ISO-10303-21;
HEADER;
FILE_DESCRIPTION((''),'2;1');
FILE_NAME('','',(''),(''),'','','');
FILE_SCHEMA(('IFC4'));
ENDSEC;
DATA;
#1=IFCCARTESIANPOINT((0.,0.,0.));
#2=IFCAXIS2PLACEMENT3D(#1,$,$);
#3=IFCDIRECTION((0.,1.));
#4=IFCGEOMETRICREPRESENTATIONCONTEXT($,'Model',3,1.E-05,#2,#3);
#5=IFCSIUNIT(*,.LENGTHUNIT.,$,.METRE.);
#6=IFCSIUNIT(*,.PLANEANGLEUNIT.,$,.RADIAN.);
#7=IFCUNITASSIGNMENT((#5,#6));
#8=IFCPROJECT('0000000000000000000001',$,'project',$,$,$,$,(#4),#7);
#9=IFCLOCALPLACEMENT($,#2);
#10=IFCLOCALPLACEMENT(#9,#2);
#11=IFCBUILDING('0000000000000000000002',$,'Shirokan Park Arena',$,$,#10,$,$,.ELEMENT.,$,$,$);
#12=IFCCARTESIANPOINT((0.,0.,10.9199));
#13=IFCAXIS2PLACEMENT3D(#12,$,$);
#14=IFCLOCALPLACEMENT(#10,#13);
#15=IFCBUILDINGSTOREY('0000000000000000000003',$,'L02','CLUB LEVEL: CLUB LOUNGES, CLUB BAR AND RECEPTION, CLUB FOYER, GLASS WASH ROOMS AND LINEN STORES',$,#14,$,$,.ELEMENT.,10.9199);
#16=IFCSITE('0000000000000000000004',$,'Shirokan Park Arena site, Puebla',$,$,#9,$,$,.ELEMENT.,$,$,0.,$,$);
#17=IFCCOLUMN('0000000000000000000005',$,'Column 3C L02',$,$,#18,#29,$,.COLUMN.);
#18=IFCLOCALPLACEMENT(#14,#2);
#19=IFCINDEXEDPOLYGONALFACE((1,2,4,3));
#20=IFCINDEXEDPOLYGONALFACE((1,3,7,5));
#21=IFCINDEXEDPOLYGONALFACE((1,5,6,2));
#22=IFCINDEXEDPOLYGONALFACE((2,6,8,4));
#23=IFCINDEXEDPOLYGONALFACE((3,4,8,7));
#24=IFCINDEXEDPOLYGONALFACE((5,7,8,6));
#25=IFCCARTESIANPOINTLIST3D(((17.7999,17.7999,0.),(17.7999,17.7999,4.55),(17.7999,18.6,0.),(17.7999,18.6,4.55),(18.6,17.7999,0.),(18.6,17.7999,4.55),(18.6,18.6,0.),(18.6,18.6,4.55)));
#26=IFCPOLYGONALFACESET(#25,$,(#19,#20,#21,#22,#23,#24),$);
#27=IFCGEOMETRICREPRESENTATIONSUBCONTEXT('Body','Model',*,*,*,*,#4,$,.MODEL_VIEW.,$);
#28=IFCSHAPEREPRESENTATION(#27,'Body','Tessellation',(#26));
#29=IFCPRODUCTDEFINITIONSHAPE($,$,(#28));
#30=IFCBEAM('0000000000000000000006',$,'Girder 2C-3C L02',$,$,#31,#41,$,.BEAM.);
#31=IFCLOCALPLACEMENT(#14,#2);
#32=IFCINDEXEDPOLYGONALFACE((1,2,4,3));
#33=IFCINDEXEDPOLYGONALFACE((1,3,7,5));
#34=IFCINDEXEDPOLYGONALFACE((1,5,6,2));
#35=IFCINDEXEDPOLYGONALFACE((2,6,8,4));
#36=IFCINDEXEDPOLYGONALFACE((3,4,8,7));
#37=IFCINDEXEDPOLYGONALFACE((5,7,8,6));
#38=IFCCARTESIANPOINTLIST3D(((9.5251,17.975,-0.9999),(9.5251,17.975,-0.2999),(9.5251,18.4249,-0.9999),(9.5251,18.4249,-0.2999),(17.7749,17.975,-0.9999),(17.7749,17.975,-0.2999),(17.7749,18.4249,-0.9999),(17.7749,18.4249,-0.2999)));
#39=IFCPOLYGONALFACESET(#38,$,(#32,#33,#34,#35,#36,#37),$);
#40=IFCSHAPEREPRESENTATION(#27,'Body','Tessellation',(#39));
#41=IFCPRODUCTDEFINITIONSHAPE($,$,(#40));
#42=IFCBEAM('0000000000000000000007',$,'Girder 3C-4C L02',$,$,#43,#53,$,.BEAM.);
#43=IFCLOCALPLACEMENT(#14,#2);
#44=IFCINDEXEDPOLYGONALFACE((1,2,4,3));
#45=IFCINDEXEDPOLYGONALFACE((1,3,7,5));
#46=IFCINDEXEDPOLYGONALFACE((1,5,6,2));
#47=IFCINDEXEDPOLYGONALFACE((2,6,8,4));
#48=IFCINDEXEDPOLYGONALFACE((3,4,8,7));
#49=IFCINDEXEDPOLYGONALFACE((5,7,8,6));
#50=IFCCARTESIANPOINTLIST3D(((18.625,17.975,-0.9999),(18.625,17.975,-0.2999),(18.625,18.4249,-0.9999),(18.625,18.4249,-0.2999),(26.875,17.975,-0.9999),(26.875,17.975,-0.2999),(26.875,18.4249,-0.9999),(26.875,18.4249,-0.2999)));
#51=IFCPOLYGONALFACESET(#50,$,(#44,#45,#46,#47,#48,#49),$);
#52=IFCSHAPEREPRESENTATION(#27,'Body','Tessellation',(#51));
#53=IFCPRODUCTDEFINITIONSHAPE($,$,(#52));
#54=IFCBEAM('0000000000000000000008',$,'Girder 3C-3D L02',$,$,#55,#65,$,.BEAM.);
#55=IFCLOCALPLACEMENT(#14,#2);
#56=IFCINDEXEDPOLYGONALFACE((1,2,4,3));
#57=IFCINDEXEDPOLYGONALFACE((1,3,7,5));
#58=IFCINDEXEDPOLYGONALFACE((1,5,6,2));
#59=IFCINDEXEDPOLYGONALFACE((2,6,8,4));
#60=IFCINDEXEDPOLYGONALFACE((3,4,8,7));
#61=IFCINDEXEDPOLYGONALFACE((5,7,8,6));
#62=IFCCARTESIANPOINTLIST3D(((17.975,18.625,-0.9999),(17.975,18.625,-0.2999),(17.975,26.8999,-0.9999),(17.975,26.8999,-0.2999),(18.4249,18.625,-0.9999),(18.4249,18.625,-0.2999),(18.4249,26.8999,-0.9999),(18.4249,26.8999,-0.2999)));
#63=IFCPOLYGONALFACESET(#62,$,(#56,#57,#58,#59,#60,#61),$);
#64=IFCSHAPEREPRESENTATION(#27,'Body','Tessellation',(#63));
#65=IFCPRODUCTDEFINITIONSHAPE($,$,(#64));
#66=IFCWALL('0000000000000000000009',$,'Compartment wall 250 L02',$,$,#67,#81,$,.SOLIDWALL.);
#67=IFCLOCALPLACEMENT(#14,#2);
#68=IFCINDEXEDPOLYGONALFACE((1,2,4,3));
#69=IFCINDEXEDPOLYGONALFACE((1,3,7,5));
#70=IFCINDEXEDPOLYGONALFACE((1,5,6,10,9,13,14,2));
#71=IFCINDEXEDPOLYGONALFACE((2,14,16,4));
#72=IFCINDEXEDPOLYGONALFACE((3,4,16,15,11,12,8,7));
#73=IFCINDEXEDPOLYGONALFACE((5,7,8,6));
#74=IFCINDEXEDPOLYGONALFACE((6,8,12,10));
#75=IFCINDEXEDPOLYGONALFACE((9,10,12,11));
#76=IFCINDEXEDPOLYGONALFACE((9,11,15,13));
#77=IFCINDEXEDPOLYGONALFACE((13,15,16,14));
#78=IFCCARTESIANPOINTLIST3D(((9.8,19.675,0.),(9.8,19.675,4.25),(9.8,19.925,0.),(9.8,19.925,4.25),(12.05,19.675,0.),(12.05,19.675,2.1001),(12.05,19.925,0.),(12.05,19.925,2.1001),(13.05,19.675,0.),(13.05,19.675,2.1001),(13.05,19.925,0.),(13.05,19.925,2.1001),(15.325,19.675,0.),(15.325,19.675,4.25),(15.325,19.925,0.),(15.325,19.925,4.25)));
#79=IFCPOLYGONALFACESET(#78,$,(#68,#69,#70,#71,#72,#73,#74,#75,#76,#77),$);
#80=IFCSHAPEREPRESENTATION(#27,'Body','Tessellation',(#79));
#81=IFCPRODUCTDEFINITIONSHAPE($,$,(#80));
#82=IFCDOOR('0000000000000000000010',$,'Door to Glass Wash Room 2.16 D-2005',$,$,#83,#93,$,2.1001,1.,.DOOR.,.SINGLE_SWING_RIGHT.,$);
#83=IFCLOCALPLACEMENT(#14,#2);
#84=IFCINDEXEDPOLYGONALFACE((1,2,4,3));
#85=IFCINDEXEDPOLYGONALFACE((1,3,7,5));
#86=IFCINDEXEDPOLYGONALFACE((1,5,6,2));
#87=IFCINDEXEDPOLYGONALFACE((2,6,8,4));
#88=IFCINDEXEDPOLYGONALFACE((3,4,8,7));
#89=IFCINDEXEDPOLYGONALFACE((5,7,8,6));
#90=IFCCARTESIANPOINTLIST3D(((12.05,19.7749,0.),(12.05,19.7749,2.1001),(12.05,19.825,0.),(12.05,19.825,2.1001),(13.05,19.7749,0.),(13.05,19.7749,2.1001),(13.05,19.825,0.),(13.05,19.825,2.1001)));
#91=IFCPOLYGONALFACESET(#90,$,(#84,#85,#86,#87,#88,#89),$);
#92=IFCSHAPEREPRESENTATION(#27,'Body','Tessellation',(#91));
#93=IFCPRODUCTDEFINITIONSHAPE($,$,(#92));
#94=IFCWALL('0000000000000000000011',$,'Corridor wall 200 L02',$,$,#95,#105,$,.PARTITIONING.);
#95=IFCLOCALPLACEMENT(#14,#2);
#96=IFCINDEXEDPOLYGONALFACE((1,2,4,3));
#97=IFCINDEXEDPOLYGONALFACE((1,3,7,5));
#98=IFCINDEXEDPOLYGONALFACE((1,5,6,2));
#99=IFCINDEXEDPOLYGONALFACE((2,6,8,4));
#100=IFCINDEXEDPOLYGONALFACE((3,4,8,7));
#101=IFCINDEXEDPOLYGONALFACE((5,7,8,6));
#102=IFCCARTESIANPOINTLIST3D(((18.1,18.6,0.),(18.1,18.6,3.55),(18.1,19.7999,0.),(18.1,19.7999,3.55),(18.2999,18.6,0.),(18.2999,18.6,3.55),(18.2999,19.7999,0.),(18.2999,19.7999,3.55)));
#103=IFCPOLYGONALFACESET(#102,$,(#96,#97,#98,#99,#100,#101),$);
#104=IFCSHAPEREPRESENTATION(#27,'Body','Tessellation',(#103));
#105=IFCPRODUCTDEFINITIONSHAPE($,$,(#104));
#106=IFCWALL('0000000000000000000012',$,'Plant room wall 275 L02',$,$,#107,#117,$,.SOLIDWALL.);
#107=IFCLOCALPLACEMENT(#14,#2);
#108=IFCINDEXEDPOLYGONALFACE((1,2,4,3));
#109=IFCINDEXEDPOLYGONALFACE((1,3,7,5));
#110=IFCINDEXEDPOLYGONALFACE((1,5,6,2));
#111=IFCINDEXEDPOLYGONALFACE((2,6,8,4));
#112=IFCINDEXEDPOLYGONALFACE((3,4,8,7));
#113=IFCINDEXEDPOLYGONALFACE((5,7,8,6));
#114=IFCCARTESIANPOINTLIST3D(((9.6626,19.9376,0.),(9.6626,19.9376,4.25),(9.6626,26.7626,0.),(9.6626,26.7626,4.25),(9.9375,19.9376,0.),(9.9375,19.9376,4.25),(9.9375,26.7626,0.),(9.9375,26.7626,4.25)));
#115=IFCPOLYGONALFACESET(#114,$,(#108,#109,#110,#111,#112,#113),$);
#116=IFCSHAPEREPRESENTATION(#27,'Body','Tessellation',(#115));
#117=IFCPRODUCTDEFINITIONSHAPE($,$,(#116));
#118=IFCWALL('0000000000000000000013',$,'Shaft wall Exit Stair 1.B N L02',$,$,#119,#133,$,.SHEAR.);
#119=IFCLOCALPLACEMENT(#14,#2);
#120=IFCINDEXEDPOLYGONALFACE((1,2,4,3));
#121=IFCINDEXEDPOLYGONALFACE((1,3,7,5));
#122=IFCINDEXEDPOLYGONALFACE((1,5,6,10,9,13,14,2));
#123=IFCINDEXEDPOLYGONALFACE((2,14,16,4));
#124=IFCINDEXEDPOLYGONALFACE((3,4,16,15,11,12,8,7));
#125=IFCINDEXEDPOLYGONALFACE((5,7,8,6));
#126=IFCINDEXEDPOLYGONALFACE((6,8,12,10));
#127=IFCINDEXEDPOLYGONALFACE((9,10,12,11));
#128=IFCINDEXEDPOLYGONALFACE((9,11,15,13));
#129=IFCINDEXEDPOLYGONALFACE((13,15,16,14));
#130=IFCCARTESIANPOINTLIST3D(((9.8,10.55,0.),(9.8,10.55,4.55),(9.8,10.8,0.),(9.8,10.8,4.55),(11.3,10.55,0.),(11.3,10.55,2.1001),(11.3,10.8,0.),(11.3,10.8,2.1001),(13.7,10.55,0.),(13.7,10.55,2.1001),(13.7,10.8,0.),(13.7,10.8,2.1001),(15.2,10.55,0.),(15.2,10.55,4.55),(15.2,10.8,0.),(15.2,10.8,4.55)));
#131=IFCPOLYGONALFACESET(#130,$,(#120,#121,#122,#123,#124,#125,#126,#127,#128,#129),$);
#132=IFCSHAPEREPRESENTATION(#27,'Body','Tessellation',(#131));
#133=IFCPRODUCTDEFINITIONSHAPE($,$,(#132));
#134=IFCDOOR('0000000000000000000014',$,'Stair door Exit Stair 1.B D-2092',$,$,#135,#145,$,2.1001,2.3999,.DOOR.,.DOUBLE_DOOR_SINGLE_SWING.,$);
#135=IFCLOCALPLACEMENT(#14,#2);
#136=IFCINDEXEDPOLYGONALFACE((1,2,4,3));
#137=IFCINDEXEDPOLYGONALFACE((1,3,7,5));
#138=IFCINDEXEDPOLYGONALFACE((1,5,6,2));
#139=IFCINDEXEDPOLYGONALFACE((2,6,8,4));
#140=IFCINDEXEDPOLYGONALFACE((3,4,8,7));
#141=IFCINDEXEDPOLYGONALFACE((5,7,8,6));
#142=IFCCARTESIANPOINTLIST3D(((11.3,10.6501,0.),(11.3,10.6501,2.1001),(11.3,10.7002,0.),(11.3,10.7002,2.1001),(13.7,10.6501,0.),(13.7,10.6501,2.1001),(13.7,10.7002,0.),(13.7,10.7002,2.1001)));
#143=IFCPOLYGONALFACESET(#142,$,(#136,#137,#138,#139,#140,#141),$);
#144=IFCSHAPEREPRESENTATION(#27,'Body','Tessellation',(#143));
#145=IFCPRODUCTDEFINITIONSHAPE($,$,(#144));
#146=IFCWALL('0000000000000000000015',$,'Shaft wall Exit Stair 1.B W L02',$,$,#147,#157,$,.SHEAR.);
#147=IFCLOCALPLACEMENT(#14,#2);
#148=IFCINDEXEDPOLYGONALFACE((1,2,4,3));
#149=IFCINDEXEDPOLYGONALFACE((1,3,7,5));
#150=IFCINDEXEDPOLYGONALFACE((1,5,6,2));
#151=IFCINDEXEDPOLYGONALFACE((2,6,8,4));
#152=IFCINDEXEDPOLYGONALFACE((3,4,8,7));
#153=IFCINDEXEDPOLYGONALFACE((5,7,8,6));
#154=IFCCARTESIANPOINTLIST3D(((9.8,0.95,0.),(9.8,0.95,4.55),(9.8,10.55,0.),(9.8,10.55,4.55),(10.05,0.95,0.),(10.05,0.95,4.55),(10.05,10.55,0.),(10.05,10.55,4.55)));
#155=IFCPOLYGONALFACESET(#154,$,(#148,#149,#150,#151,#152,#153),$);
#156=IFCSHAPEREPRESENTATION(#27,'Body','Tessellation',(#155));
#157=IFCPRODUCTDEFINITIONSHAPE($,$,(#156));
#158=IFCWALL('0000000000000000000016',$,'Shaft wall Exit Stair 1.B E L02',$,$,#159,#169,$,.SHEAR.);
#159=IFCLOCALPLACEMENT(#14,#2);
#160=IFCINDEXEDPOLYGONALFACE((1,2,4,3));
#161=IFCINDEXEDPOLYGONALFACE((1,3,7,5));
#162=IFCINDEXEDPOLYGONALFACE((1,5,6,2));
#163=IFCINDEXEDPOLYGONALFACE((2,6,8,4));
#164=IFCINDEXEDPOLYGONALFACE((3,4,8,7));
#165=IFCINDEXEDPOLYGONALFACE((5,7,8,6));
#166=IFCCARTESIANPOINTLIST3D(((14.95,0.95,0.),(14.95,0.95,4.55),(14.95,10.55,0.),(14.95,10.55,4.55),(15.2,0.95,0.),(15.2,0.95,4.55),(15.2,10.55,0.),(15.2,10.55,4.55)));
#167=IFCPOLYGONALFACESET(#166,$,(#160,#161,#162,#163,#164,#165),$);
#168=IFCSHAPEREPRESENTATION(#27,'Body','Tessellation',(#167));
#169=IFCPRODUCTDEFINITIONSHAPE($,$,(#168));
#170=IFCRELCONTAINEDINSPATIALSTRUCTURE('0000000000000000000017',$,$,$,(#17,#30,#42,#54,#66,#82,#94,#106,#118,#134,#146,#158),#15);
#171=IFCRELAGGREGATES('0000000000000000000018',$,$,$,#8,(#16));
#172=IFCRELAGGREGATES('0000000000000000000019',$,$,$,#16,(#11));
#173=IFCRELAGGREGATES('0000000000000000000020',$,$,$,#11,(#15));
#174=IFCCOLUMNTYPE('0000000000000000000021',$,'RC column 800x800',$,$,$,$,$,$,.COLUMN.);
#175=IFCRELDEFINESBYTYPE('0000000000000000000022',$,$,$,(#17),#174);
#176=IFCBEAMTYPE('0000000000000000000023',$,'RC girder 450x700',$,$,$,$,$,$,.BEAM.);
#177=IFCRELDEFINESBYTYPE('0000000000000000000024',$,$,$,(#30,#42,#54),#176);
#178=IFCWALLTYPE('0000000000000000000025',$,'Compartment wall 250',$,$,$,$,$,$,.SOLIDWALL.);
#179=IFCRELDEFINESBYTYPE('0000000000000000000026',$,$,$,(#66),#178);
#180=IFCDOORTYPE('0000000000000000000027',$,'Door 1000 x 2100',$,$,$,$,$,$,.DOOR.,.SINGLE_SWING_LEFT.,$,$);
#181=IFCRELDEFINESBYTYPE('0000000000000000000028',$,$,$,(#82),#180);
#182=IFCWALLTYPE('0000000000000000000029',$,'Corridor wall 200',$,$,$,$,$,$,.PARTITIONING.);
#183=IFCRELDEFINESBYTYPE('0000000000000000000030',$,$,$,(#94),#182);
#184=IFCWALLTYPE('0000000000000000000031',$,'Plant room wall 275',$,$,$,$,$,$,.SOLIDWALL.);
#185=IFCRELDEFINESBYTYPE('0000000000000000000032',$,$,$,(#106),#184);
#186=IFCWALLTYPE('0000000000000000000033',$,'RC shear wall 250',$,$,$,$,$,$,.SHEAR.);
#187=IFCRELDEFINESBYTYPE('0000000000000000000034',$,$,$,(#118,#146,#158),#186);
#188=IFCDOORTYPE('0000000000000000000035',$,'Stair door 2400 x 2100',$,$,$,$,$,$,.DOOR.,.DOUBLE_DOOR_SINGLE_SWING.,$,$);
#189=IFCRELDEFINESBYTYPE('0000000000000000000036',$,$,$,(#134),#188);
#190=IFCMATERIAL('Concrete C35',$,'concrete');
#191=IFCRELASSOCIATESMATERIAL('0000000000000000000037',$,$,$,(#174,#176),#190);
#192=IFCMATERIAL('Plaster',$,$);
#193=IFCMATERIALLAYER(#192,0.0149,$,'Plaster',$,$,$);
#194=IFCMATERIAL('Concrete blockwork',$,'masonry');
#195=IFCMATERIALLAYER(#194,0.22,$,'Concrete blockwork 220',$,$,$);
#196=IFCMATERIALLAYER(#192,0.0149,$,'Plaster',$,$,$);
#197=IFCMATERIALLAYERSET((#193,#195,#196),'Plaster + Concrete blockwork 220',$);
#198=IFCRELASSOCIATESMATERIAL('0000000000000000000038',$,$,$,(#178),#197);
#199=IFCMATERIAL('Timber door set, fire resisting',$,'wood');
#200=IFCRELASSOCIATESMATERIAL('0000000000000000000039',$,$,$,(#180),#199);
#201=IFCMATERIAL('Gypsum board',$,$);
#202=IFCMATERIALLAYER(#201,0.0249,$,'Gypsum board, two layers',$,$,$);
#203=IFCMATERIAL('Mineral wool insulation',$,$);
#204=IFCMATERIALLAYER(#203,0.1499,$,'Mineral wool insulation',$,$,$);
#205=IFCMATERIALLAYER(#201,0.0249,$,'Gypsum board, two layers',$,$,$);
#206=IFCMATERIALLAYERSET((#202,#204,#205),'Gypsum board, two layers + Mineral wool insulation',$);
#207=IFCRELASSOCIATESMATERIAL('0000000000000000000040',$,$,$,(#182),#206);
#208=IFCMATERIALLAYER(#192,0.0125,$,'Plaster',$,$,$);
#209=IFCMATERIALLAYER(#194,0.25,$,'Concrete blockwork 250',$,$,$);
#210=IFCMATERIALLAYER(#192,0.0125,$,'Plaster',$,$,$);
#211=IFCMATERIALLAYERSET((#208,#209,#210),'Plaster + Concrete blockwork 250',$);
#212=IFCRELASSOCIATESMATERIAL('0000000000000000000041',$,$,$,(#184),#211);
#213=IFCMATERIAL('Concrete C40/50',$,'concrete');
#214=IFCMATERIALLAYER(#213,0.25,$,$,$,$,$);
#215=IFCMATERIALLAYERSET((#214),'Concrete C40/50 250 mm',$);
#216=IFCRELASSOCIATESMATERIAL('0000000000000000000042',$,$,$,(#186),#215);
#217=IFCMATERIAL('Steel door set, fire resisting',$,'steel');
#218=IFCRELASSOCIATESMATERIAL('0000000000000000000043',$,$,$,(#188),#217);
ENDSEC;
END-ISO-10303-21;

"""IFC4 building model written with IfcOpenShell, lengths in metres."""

from ifc_helpers import new_model, si_unit, direction, frame, frame_2d, origin, origin_2d, place, context, subcontext, project, spatial, rectangle, extrude, material, layer, layer_set, material_profile, profile_set, type_object, element, fill, save


model = new_model("IFC4")

# Units and contexts
model_context = context("Model", 3, precision=1e-05, world=origin(), true_north=direction((0.0, 1.0)))
body_context = subcontext(model_context, "Body", "Model", "MODEL_VIEW")
ifc_project = project(units=[si_unit("LENGTHUNIT", "METRE"), si_unit("PLANEANGLEUNIT", "RADIAN")], contexts=[model_context])

# Site, building, storey
site_placement = place(None, origin())
site = spatial("IfcSite", under=ifc_project, at=site_placement, Name="Shirokan Park Arena site, Puebla", CompositionType="ELEMENT", RefElevation=0.0)
building_placement = place(site_placement, origin())
building = spatial("IfcBuilding", under=site, at=building_placement, Name="Shirokan Park Arena", CompositionType="ELEMENT")
storey_placement = place(building_placement, frame((0.0, 0.0, 10.9199)))
storey = spatial("IfcBuildingStorey", under=building, at=storey_placement, Name="L02", Description="CLUB LEVEL: CLUB LOUNGES, CLUB BAR AND RECEPTION, CLUB FOYER, GLASS WASH ROOMS AND LINEN STORES", CompositionType="ELEMENT", Elevation=10.9199)

# Column
ifc_material_1 = material(Name="Concrete C35", Category="concrete")
ifc_material_profile_1 = material_profile(ifc_material_1, rectangle(XDim=0.8, YDim=0.8, at=origin_2d()), Name="800x800")
ifc_profile_set_1 = profile_set([ifc_material_profile_1], Name="Concrete C35")
column_type = type_object("IfcColumnType", Name="RC column 800x800", PredefinedType="COLUMN", material=ifc_profile_set_1)
column_placement = place(storey_placement, frame((18.2, 18.2, 0.0), z_axis=(0.0, 0.0, 1.0), x_axis=(1.0, 0.0, 0.0)))
element("IfcColumn", 1, at=column_placement, inside=storey, type_object=column_type, Name="Column 3C L02", PredefinedType="COLUMN", context=body_context, shape_type="SweptSolid", body=[
    extrude(rectangle(XDim=0.8, YDim=0.8, at=origin_2d()), origin(), (0.0, 0.0, 1.0), 4.55),
])

# Beams
ifc_material_profile_2 = material_profile(ifc_material_1, rectangle(XDim=0.45, YDim=0.7, at=origin_2d()), Name="450x700")
ifc_profile_set_2 = profile_set([ifc_material_profile_2], Name="Concrete C35")
beam_type = type_object("IfcBeamType", Name="RC girder 450x700", PredefinedType="BEAM", material=ifc_profile_set_2)
beam_1_placement = place(storey_placement, frame((9.5251, 18.2, -0.6499), z_axis=(1.0, 0.0, 0.0), x_axis=(0.0, 1.0, 0.0)))
element("IfcBeam", 2, at=beam_1_placement, inside=storey, type_object=beam_type, Name="Girder 2C-3C L02", PredefinedType="BEAM", context=body_context, shape_type="SweptSolid", body=[
    extrude(rectangle(XDim=0.45, YDim=0.7, at=origin_2d()), origin(), (0.0, 0.0, 1.0), 8.2498),
])
beam_2_placement = place(storey_placement, frame((18.625, 18.2, -0.6499), z_axis=(1.0, 0.0, 0.0), x_axis=(0.0, 1.0, 0.0)))
element("IfcBeam", 3, at=beam_2_placement, inside=storey, type_object=beam_type, Name="Girder 3C-4C L02", PredefinedType="BEAM", context=body_context, shape_type="SweptSolid", body=[
    extrude(rectangle(XDim=0.45, YDim=0.7, at=origin_2d()), origin(), (0.0, 0.0, 1.0), 8.25),
])
beam_3_placement = place(storey_placement, frame((18.2, 18.625, -0.6499), z_axis=(0.0, 1.0, 0.0), x_axis=(-1.0, 0.0, 0.0)))
element("IfcBeam", 4, at=beam_3_placement, inside=storey, type_object=beam_type, Name="Girder 3C-3D L02", PredefinedType="BEAM", context=body_context, shape_type="SweptSolid", body=[
    extrude(rectangle(XDim=0.45, YDim=0.7, at=origin_2d()), origin(), (0.0, 0.0, 1.0), 8.2749),
])

# Wall, opening, door
ifc_material_2 = material(Name="Plaster")
ifc_layer_1 = layer(ifc_material_2, 0.0149, Name="Plaster")
ifc_material_3 = material(Name="Concrete blockwork", Category="masonry")
ifc_layer_2 = layer(ifc_material_3, 0.22, Name="Concrete blockwork 220")
ifc_layer_3 = layer(ifc_material_2, 0.0149, Name="Plaster")
ifc_layer_set_1 = layer_set([ifc_layer_1, ifc_layer_2, ifc_layer_3], Name="Plaster + Concrete blockwork 220")
wall_type_1 = type_object("IfcWallType", Name="Compartment wall 250", PredefinedType="SOLIDWALL", material=ifc_layer_set_1)
wall_1_placement = place(storey_placement, frame((9.8, 19.8, 0.0), z_axis=(0.0, 0.0, 1.0), x_axis=(1.0, 0.0, 0.0)))
wall_1 = element("IfcWall", 5, at=wall_1_placement, inside=storey, type_object=wall_type_1, Name="Compartment wall 250 L02", PredefinedType="SOLIDWALL", context=body_context, shape_type="SweptSolid", body=[
    extrude(rectangle(XDim=5.5249, YDim=0.25, at=frame_2d((2.7625, 0.0))), origin(), (0.0, 0.0, 1.0), 4.25),
])
opening_1_placement = place(wall_1_placement, frame((2.25, 0.0, 0.0)))
opening_1 = element("IfcOpeningElement", 6, at=opening_1_placement, cuts=wall_1, PredefinedType="OPENING", context=body_context, shape_type="SweptSolid", body=[
    extrude(rectangle(XDim=1.0, YDim=2.1001, at=frame_2d((0.5, 1.05))), frame((0.0, 0.135, 0.0), z_axis=(0.0, -1.0, 0.0), x_axis=(1.0, 0.0, 0.0)), (0.0, 0.0, 1.0), 0.27),
])
ifc_material_4 = material(Name="Timber door set, fire resisting", Category="wood")
door_type_1 = type_object("IfcDoorType", Name="Door 1000 x 2100", OperationType="SINGLE_SWING_LEFT", PredefinedType="DOOR", material=ifc_material_4)
door_1_placement = place(opening_1_placement, origin())
door_1 = element("IfcDoor", 7, at=door_1_placement, inside=storey, type_object=door_type_1, Name="Door to Glass Wash Room 2.16 D-2005", OperationType="SINGLE_SWING_RIGHT", OverallHeight=2.1001, OverallWidth=1.0, PredefinedType="DOOR", context=body_context, shape_type="SweptSolid", body=[
    extrude(rectangle(XDim=1.0, YDim=2.1001, at=frame_2d((0.5, 1.05))), frame((0.0, 0.0249, 0.0), z_axis=(0.0, -1.0, 0.0), x_axis=(1.0, 0.0, 0.0)), (0.0, 0.0, 1.0), 0.05),
])
fill(opening_1, door_1)

# Shared definitions
ifc_material_5 = material(Name="Gypsum board")
ifc_layer_4 = layer(ifc_material_5, 0.0249, Name="Gypsum board, two layers")
ifc_material_6 = material(Name="Mineral wool insulation")
ifc_layer_5 = layer(ifc_material_6, 0.1499, Name="Mineral wool insulation")
ifc_layer_6 = layer(ifc_material_5, 0.0249, Name="Gypsum board, two layers")
ifc_layer_set_2 = layer_set([ifc_layer_4, ifc_layer_5, ifc_layer_6], Name="Gypsum board, two layers + Mineral wool insulation")
wall_type_2 = type_object("IfcWallType", Name="Corridor wall 200", PredefinedType="PARTITIONING", material=ifc_layer_set_2)

# Wall
wall_2_placement = place(storey_placement, frame((18.2, 19.8, 0.0), z_axis=(0.0, 0.0, 1.0), x_axis=(0.0, -1.0, 0.0)))
element("IfcWall", 8, at=wall_2_placement, inside=storey, type_object=wall_type_2, Name="Corridor wall 200 L02", PredefinedType="PARTITIONING", context=body_context, shape_type="SweptSolid", body=[
    extrude(rectangle(XDim=1.2, YDim=0.2, at=frame_2d((0.6001, 0.0))), origin(), (0.0, 0.0, 1.0), 3.55),
])

# Wall
ifc_layer_7 = layer(ifc_material_2, 0.0125, Name="Plaster")
ifc_layer_8 = layer(ifc_material_3, 0.25, Name="Concrete blockwork 250")
ifc_layer_9 = layer(ifc_material_2, 0.0125, Name="Plaster")
ifc_layer_set_3 = layer_set([ifc_layer_7, ifc_layer_8, ifc_layer_9], Name="Plaster + Concrete blockwork 250")
wall_type_3 = type_object("IfcWallType", Name="Plant room wall 275", PredefinedType="SOLIDWALL", material=ifc_layer_set_3)
wall_3_placement = place(storey_placement, frame((9.8, 19.9375, 0.0), z_axis=(0.0, 0.0, 1.0), x_axis=(0.0, 1.0, 0.0)))
element("IfcWall", 9, at=wall_3_placement, inside=storey, type_object=wall_type_3, Name="Plant room wall 275 L02", PredefinedType="SOLIDWALL", context=body_context, shape_type="SweptSolid", body=[
    extrude(rectangle(XDim=6.825, YDim=0.2749, at=frame_2d((3.4126, 0.0))), origin(), (0.0, 0.0, 1.0), 4.25),
])

# Wall, opening, door
ifc_material_7 = material(Name="Concrete C40/50", Category="concrete")
ifc_layer_10 = layer(ifc_material_7, 0.25)
ifc_layer_set_4 = layer_set([ifc_layer_10], Name="Concrete C40/50 250 mm")
wall_type_4 = type_object("IfcWallType", Name="RC shear wall 250", PredefinedType="SHEAR", material=ifc_layer_set_4)
wall_4_placement = place(storey_placement, frame((15.2, 10.675, 0.0), z_axis=(0.0, 0.0, 1.0), x_axis=(-1.0, 0.0, 0.0)))
wall_4 = element("IfcWall", 10, at=wall_4_placement, inside=storey, type_object=wall_type_4, Name="Shaft wall Exit Stair 1.B N L02", PredefinedType="SHEAR", context=body_context, shape_type="SweptSolid", body=[
    extrude(rectangle(XDim=5.3999, YDim=0.25, at=frame_2d((2.7, 0.0))), origin(), (0.0, 0.0, 1.0), 4.55),
])
opening_2_placement = place(wall_4_placement, frame((1.5, 0.0, 0.0)))
opening_2 = element("IfcOpeningElement", 11, at=opening_2_placement, cuts=wall_4, PredefinedType="OPENING", context=body_context, shape_type="SweptSolid", body=[
    extrude(rectangle(XDim=2.3999, YDim=2.1001, at=frame_2d((1.2, 1.05))), frame((0.0, 0.135, 0.0), z_axis=(0.0, -1.0, 0.0), x_axis=(1.0, 0.0, 0.0)), (0.0, 0.0, 1.0), 0.27),
])
ifc_material_8 = material(Name="Steel door set, fire resisting", Category="steel")
door_type_2 = type_object("IfcDoorType", Name="Stair door 2400 x 2100", OperationType="DOUBLE_DOOR_SINGLE_SWING", PredefinedType="DOOR", material=ifc_material_8)
door_2_placement = place(opening_2_placement, origin())
door_2 = element("IfcDoor", 12, at=door_2_placement, inside=storey, type_object=door_type_2, Name="Stair door Exit Stair 1.B D-2092", OperationType="DOUBLE_DOOR_SINGLE_SWING", OverallHeight=2.1001, OverallWidth=2.3999, PredefinedType="DOOR", context=body_context, shape_type="SweptSolid", body=[
    extrude(rectangle(XDim=2.3999, YDim=2.1001, at=frame_2d((1.2, 1.05))), frame((0.0, 0.0249, 0.0), z_axis=(0.0, -1.0, 0.0), x_axis=(1.0, 0.0, 0.0)), (0.0, 0.0, 1.0), 0.05),
])
fill(opening_2, door_2)

# Walls
for number, where, z_axis, x_axis, name in (
    (13, (9.925, 10.55, 0.0), (0.0, 0.0, 1.0), (0.0, -1.0, 0.0), "Shaft wall Exit Stair 1.B W L02"),
    (14, (15.075, 10.55, 0.0), (0.0, 0.0, 1.0), (0.0, -1.0, 0.0), "Shaft wall Exit Stair 1.B E L02"),
):
    element("IfcWall", number, at=place(storey_placement, frame(where, z_axis=z_axis, x_axis=x_axis)), inside=storey, type_object=wall_type_4, Name=name, PredefinedType="SHEAR", context=body_context, shape_type="SweptSolid", body=[
        extrude(rectangle(XDim=9.6001, YDim=0.25, at=frame_2d((4.8, 0.0))), origin(), (0.0, 0.0, 1.0), 4.55),
    ])

save(model, "model.ifc")
